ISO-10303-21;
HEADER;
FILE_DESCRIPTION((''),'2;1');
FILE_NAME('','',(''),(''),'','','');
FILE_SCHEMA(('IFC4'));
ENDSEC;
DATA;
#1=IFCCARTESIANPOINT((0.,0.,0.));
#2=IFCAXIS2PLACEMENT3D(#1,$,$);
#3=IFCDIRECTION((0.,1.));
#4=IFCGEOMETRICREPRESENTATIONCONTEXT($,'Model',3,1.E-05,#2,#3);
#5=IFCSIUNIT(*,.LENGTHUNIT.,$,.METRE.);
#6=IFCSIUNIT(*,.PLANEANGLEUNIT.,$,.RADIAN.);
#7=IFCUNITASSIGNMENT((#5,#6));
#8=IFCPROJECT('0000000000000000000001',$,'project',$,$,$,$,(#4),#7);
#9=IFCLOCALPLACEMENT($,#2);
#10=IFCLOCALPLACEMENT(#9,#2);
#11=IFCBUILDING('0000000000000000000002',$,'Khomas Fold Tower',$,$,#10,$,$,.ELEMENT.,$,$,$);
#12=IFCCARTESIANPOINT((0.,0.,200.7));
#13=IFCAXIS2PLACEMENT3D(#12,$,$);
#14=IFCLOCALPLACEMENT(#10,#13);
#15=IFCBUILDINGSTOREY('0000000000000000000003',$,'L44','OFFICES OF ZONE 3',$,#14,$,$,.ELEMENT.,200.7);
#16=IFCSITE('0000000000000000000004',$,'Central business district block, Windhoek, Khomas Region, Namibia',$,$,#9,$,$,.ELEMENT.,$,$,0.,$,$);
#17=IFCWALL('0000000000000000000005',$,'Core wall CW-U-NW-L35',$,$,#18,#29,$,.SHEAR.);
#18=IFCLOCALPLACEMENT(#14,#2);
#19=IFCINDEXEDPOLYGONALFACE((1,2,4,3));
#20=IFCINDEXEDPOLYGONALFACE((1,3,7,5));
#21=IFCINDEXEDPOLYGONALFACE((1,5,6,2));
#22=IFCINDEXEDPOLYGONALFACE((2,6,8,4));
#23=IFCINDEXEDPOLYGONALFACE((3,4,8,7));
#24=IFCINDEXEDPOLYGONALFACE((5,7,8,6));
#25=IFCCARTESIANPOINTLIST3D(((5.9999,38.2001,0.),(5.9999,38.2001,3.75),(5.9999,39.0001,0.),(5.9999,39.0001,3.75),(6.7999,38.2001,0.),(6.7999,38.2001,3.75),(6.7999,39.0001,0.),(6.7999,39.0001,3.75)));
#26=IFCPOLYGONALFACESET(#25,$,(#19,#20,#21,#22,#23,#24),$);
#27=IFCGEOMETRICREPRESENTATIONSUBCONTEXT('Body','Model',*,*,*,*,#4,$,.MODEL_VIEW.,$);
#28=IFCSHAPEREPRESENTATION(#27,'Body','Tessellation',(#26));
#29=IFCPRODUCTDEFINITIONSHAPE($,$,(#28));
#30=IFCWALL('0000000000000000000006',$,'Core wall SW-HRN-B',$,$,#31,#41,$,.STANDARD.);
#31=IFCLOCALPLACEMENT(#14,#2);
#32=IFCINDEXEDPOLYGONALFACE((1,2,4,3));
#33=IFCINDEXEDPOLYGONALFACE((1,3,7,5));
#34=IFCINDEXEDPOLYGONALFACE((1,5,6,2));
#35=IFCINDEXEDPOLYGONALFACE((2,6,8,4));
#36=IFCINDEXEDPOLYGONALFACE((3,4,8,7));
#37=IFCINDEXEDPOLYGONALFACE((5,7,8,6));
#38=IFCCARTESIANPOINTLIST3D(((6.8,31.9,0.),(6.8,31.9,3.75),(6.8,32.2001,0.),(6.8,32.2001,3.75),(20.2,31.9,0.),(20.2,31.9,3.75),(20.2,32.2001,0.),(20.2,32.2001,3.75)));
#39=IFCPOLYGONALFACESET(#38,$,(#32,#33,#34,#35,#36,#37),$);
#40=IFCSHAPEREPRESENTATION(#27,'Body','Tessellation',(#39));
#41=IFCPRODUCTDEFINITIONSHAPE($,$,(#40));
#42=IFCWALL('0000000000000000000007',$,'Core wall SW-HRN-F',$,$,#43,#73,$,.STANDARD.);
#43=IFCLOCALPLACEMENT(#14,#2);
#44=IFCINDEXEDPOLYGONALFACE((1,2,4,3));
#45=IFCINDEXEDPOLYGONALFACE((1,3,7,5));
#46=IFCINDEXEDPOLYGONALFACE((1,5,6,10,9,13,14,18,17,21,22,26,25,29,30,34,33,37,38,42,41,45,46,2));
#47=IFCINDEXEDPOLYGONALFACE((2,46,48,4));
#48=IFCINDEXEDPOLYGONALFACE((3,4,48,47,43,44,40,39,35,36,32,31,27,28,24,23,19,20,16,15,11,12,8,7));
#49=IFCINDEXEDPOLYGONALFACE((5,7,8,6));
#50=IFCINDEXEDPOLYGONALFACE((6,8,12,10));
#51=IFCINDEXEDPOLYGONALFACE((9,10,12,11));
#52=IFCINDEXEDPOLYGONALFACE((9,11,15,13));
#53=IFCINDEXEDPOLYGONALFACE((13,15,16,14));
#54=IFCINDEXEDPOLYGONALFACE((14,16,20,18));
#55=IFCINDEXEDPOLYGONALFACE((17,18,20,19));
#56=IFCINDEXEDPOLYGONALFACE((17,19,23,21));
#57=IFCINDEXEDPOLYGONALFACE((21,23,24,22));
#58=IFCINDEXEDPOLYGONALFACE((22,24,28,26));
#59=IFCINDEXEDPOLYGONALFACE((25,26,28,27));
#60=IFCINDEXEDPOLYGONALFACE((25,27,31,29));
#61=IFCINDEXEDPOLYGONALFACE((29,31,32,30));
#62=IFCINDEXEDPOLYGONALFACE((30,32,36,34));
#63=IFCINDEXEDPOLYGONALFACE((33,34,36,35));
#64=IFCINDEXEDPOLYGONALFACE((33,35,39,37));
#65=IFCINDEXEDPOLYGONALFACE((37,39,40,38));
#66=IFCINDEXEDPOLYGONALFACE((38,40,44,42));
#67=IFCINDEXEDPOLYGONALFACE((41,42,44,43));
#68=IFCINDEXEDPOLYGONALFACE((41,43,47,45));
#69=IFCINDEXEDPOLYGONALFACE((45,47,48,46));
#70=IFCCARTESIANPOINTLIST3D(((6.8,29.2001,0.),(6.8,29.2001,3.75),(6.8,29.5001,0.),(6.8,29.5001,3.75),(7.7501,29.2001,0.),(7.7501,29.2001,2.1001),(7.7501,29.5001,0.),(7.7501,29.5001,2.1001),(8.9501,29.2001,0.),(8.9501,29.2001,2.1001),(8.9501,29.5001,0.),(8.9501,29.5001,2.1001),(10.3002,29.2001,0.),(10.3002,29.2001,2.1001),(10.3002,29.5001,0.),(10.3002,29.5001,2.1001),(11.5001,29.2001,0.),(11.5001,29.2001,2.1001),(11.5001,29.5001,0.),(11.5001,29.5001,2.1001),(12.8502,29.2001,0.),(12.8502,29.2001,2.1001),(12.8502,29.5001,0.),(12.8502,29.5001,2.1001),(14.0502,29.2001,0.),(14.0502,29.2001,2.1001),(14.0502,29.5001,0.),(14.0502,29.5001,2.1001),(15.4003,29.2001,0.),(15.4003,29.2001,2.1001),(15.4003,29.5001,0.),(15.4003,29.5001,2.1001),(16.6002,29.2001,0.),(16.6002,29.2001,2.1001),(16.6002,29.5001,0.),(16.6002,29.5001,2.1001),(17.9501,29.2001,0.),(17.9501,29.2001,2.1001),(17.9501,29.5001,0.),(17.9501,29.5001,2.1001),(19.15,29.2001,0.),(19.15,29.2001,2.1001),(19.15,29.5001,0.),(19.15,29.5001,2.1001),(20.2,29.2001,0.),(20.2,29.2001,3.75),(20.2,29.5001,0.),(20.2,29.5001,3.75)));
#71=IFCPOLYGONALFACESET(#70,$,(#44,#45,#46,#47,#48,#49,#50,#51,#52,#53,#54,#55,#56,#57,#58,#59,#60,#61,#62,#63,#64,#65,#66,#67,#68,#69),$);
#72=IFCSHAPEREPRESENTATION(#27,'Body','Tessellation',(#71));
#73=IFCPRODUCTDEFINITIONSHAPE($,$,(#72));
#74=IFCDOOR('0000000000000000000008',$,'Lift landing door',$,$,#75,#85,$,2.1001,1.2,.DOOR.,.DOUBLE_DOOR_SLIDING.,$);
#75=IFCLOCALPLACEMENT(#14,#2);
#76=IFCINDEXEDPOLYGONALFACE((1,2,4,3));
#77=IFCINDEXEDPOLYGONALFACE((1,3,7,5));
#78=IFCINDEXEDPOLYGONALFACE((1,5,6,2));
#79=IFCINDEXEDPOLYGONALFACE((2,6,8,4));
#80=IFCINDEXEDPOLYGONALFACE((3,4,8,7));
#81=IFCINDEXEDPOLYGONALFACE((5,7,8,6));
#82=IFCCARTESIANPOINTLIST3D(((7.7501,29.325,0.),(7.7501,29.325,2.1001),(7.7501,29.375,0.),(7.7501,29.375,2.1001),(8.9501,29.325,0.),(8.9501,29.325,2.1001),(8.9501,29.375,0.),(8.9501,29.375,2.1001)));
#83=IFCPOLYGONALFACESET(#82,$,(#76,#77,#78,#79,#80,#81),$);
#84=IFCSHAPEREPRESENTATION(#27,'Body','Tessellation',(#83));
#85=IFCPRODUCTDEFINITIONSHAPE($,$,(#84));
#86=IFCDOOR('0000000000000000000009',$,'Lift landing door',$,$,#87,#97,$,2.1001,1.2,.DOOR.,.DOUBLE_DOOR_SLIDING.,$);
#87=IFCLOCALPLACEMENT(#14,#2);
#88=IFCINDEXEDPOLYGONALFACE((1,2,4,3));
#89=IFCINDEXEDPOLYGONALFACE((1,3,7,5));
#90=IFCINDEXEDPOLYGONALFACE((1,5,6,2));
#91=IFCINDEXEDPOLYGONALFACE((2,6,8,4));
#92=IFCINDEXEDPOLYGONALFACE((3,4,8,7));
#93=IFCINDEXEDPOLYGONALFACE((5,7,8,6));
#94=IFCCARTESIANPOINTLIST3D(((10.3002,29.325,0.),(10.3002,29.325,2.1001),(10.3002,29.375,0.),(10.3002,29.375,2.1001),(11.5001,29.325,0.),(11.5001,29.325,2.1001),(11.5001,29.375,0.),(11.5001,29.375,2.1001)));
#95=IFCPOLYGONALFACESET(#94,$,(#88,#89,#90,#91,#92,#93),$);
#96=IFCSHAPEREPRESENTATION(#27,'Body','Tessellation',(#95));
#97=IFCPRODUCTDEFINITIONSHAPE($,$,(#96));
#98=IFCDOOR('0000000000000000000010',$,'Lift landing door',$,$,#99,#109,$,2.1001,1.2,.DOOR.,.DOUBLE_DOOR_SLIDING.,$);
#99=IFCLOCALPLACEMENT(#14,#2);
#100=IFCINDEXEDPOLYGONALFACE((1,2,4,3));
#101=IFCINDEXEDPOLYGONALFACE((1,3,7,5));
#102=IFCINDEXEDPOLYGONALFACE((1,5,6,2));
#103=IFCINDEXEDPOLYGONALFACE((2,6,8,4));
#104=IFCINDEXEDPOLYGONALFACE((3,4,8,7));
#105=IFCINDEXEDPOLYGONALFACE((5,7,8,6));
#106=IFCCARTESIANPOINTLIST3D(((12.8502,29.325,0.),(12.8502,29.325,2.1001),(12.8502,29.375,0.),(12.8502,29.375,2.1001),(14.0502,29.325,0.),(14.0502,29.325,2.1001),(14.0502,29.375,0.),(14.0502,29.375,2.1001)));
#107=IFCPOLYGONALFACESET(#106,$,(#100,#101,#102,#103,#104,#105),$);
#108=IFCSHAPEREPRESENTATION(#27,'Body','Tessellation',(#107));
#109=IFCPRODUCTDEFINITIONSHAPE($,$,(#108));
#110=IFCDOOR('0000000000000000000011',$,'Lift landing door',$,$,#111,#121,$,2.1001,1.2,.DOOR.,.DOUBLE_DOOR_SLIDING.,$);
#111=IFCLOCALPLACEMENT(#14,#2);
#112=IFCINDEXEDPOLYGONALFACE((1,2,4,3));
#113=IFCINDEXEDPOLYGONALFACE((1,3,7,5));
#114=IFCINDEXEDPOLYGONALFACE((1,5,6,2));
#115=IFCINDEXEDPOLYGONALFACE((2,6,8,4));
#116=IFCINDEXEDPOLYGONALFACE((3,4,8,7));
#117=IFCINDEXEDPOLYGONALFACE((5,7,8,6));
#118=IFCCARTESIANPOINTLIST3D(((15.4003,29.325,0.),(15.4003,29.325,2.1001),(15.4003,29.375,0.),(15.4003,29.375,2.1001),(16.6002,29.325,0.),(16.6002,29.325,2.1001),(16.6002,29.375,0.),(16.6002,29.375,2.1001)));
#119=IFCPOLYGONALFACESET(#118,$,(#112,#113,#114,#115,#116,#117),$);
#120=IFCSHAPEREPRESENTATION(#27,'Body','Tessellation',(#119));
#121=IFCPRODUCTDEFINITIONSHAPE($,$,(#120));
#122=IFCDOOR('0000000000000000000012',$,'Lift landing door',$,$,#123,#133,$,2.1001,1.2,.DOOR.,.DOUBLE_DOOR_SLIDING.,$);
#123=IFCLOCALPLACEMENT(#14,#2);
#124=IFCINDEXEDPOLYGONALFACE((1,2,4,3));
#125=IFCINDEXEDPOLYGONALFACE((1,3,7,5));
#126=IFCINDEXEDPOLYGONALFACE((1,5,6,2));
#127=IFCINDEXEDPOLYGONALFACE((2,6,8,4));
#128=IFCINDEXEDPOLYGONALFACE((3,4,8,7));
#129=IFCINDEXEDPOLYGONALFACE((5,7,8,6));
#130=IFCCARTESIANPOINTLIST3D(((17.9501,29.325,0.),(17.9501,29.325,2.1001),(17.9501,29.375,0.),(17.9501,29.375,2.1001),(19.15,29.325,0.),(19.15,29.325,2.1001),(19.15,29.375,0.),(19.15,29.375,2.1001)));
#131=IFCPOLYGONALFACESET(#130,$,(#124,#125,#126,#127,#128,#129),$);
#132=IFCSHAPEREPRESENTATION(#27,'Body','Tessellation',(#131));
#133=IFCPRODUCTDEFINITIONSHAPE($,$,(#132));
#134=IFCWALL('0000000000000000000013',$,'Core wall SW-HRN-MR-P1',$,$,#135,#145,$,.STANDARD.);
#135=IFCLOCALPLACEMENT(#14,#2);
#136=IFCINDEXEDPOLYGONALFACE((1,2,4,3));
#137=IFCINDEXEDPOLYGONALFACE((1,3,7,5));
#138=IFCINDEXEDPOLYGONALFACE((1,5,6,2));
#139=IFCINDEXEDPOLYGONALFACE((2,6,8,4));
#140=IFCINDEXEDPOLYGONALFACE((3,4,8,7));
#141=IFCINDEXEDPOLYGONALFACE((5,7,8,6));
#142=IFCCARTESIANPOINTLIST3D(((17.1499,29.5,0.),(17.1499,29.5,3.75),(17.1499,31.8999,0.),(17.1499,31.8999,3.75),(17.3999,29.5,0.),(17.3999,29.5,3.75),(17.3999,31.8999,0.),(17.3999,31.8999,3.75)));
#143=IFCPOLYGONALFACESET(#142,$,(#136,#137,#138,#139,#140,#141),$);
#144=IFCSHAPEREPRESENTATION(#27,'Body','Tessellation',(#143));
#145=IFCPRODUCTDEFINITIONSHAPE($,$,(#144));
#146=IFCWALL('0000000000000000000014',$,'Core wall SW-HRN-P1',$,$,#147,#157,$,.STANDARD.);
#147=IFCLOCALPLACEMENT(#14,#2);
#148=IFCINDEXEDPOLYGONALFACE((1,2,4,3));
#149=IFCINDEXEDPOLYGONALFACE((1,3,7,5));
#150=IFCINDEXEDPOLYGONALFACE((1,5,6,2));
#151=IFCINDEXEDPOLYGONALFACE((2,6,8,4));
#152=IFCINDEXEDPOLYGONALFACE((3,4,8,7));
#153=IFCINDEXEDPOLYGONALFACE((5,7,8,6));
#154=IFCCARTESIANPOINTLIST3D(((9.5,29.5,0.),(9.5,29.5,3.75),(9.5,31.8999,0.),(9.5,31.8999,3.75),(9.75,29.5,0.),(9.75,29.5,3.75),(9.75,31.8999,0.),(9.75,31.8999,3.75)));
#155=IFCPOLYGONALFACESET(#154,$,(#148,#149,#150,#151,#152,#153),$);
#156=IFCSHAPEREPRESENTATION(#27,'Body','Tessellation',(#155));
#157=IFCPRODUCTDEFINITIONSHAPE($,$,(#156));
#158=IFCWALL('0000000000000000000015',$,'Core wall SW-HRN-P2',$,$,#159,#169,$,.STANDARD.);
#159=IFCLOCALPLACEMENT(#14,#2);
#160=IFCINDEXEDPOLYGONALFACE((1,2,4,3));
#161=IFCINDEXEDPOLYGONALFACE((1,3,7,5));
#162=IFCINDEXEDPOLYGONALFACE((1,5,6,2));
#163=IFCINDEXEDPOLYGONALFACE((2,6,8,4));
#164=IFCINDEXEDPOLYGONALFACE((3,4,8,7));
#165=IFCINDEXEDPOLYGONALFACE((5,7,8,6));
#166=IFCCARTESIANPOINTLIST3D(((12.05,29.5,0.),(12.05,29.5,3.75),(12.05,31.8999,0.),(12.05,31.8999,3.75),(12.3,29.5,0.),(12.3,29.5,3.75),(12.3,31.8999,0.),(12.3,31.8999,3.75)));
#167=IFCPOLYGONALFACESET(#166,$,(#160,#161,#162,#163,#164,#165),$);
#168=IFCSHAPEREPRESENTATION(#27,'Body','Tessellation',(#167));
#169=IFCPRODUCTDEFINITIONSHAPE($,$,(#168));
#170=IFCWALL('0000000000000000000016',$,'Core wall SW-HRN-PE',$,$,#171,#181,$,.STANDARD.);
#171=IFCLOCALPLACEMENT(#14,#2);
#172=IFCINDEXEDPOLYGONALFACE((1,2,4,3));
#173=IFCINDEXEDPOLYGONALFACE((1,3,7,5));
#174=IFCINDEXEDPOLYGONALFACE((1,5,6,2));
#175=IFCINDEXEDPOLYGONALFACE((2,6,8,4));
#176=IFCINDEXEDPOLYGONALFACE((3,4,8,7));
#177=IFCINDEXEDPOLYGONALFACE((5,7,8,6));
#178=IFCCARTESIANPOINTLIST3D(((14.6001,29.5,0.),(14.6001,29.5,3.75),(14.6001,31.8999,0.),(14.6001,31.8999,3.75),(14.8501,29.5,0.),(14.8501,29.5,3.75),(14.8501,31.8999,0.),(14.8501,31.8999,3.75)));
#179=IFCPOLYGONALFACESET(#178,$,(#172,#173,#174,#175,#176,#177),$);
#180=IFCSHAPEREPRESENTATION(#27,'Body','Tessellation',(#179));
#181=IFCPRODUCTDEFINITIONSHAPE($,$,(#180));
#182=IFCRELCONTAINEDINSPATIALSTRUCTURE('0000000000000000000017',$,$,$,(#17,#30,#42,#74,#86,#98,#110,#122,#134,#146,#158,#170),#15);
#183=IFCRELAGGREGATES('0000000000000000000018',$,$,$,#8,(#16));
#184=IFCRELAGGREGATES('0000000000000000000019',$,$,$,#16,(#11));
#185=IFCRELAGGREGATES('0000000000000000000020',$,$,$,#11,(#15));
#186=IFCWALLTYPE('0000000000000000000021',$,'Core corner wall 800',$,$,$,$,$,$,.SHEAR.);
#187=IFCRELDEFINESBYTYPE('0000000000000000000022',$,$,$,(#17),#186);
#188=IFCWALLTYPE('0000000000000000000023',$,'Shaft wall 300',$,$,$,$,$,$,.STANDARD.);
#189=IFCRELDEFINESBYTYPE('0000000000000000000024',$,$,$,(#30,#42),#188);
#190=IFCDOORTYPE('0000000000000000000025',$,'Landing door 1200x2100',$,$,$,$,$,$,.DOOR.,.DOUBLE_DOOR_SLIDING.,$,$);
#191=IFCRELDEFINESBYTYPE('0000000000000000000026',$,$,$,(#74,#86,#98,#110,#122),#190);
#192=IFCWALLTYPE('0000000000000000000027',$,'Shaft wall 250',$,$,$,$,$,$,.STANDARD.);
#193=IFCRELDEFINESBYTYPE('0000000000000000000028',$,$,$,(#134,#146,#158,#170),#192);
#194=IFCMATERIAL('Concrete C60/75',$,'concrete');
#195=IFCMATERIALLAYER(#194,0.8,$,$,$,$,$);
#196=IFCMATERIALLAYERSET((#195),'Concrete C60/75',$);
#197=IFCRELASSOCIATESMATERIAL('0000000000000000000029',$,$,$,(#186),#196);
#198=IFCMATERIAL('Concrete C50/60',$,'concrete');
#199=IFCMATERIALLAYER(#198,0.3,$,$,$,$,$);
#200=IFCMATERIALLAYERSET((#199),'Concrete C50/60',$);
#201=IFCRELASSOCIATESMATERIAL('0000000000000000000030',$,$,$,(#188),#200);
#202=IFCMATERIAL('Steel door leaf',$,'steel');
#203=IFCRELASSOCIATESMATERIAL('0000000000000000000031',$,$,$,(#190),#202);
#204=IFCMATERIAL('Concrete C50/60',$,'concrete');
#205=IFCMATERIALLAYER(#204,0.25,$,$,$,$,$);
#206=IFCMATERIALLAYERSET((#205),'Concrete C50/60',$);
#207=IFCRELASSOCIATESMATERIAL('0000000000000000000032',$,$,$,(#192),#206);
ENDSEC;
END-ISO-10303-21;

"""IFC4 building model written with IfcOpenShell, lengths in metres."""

from ifc_helpers import new_model, si_unit, direction, frame, frame_2d, origin, place, context, subcontext, project, spatial, rectangle, extrude, source, transform, mapped, material, layer, layer_set, type_object, element, fill, save


model = new_model("IFC4")

# Units and contexts
model_context = context("Model", 3, precision=1e-05, world=origin(), true_north=direction((0.0, 1.0)))
body_context = subcontext(model_context, "Body", "Model", "MODEL_VIEW")
ifc_project = project(units=[si_unit("LENGTHUNIT", "METRE"), si_unit("PLANEANGLEUNIT", "RADIAN")], contexts=[model_context])

# Site, building, storey
site_placement = place(None, origin())
site = spatial("IfcSite", under=ifc_project, at=site_placement, Name="Central business district block, Windhoek, Khomas Region, Namibia", CompositionType="ELEMENT", RefElevation=0.0)
building_placement = place(site_placement, origin())
building = spatial("IfcBuilding", under=site, at=building_placement, Name="Khomas Fold Tower", CompositionType="ELEMENT")
storey_placement = place(building_placement, frame((0.0, 0.0, 200.7)))
storey = spatial("IfcBuildingStorey", under=building, at=storey_placement, Name="L44", Description="OFFICES OF ZONE 3", CompositionType="ELEMENT", Elevation=200.7)

# Walls
ifc_material_1 = material(Name="Concrete C60/75", Category="concrete")
ifc_layer_1 = layer(ifc_material_1, 0.8)
ifc_layer_set_1 = layer_set([ifc_layer_1], Name="Concrete C60/75")
wall_type_1 = type_object("IfcWallType", Name="Core corner wall 800", PredefinedType="SHEAR", material=ifc_layer_set_1)
shared_shape_1 = source(origin(), body_context, "Body", "SweptSolid", [
    extrude(rectangle(XDim=0.8, YDim=0.8, at=frame_2d((0.3999, 0.0))), origin(), (0.0, 0.0, 1.0), 3.75),
])
wall_1_placement = place(storey_placement, frame((6.0, 38.6001, 0.0), z_axis=(0.0, 0.0, 1.0), x_axis=(1.0, 0.0, 0.0)))
element("IfcWall", 1, at=wall_1_placement, inside=storey, type_object=wall_type_1, Name="Core wall CW-U-NW-L35", PredefinedType="SHEAR", context=body_context, shape_type="MappedRepresentation", body=[
    mapped(shared_shape_1, transform((0.0, 0.0, 0.0))),
])
ifc_material_2 = material(Name="Concrete C50/60", Category="concrete")
ifc_layer_2 = layer(ifc_material_2, 0.3)
ifc_layer_set_2 = layer_set([ifc_layer_2], Name="Concrete C50/60")
wall_type_2 = type_object("IfcWallType", Name="Shaft wall 300", PredefinedType="STANDARD", material=ifc_layer_set_2)
shared_shape_2 = source(origin(), body_context, "Body", "SweptSolid", [
    extrude(rectangle(XDim=13.3999, YDim=0.3, at=frame_2d((6.7, 0.0))), origin(), (0.0, 0.0, 1.0), 3.75),
])
wall_2_placement = place(storey_placement, frame((6.8, 32.05, 0.0), z_axis=(0.0, 0.0, 1.0), x_axis=(1.0, 0.0, 0.0)))
element("IfcWall", 2, at=wall_2_placement, inside=storey, type_object=wall_type_2, Name="Core wall SW-HRN-B", PredefinedType="STANDARD", context=body_context, shape_type="MappedRepresentation", body=[
    mapped(shared_shape_2, transform((0.0, 0.0, 0.0))),
])

# Wall, openings, doors
wall_3_placement = place(storey_placement, frame((6.8, 29.3501, 0.0), z_axis=(0.0, 0.0, 1.0), x_axis=(1.0, 0.0, 0.0)))
wall_3 = element("IfcWall", 3, at=wall_3_placement, inside=storey, type_object=wall_type_2, Name="Core wall SW-HRN-F", PredefinedType="STANDARD", context=body_context, shape_type="MappedRepresentation", body=[
    mapped(shared_shape_2, transform((0.0, 0.0, 0.0))),
])
shared_shape_3 = source(origin(), body_context, "Body", "SweptSolid", [
    extrude(rectangle(XDim=1.2, YDim=2.1001, at=frame_2d((0.6001, 1.05))), frame((0.0, 0.1599, 0.0), z_axis=(0.0, -1.0, 0.0), x_axis=(1.0, 0.0, 0.0)), (0.0, 0.0, 1.0), 0.3201),
])
opening_1_placement = place(wall_3_placement, frame((0.95, 0.0, 0.0)))
opening_1 = element("IfcOpeningElement", 4, at=opening_1_placement, cuts=wall_3, PredefinedType="OPENING", context=body_context, shape_type="MappedRepresentation", body=[
    mapped(shared_shape_3, transform((0.0, 0.0, 0.0))),
])
opening_2_placement = place(wall_3_placement, frame((3.5, 0.0, 0.0)))
opening_2 = element("IfcOpeningElement", 5, at=opening_2_placement, cuts=wall_3, PredefinedType="OPENING", context=body_context, shape_type="MappedRepresentation", body=[
    mapped(shared_shape_3, transform((0.0, 0.0, 0.0))),
])
opening_3_placement = place(wall_3_placement, frame((6.05, 0.0, 0.0)))
opening_3 = element("IfcOpeningElement", 6, at=opening_3_placement, cuts=wall_3, PredefinedType="OPENING", context=body_context, shape_type="MappedRepresentation", body=[
    mapped(shared_shape_3, transform((0.0, 0.0, 0.0))),
])
opening_4_placement = place(wall_3_placement, frame((8.6001, 0.0, 0.0)))
opening_4 = element("IfcOpeningElement", 7, at=opening_4_placement, cuts=wall_3, PredefinedType="OPENING", context=body_context, shape_type="MappedRepresentation", body=[
    mapped(shared_shape_3, transform((0.0, 0.0, 0.0))),
])
opening_5_placement = place(wall_3_placement, frame((11.1499, 0.0, 0.0)))
opening_5 = element("IfcOpeningElement", 8, at=opening_5_placement, cuts=wall_3, PredefinedType="OPENING", context=body_context, shape_type="MappedRepresentation", body=[
    mapped(shared_shape_3, transform((0.0, 0.0, 0.0))),
])
ifc_material_3 = material(Name="Steel door leaf", Category="steel")
door_type_1 = type_object("IfcDoorType", Name="Landing door 1200x2100", OperationType="DOUBLE_DOOR_SLIDING", PredefinedType="DOOR", material=ifc_material_3)
shared_shape_4 = source(origin(), body_context, "Body", "SweptSolid", [
    extrude(rectangle(XDim=1.2, YDim=2.1001, at=frame_2d((0.6001, 1.05))), frame((0.0, 0.0249, 0.0), z_axis=(0.0, -1.0, 0.0), x_axis=(1.0, 0.0, 0.0)), (0.0, 0.0, 1.0), 0.05),
])
door_1_placement = place(opening_1_placement, origin())
door_1 = element("IfcDoor", 9, at=door_1_placement, inside=storey, type_object=door_type_1, Name="Lift landing door", OperationType="DOUBLE_DOOR_SLIDING", OverallHeight=2.1001, OverallWidth=1.2, PredefinedType="DOOR", context=body_context, shape_type="MappedRepresentation", body=[
    mapped(shared_shape_4, transform((0.0, 0.0, 0.0))),
])
fill(opening_1, door_1)
door_2_placement = place(opening_2_placement, origin())
door_2 = element("IfcDoor", 10, at=door_2_placement, inside=storey, type_object=door_type_1, Name="Lift landing door", OperationType="DOUBLE_DOOR_SLIDING", OverallHeight=2.1001, OverallWidth=1.2, PredefinedType="DOOR", context=body_context, shape_type="MappedRepresentation", body=[
    mapped(shared_shape_4, transform((0.0, 0.0, 0.0))),
])
fill(opening_2, door_2)
door_3_placement = place(opening_3_placement, origin())
door_3 = element("IfcDoor", 11, at=door_3_placement, inside=storey, type_object=door_type_1, Name="Lift landing door", OperationType="DOUBLE_DOOR_SLIDING", OverallHeight=2.1001, OverallWidth=1.2, PredefinedType="DOOR", context=body_context, shape_type="MappedRepresentation", body=[
    mapped(shared_shape_4, transform((0.0, 0.0, 0.0))),
])
fill(opening_3, door_3)
door_4_placement = place(opening_4_placement, origin())
door_4 = element("IfcDoor", 12, at=door_4_placement, inside=storey, type_object=door_type_1, Name="Lift landing door", OperationType="DOUBLE_DOOR_SLIDING", OverallHeight=2.1001, OverallWidth=1.2, PredefinedType="DOOR", context=body_context, shape_type="MappedRepresentation", body=[
    mapped(shared_shape_4, transform((0.0, 0.0, 0.0))),
])
fill(opening_4, door_4)
door_5_placement = place(opening_5_placement, origin())
door_5 = element("IfcDoor", 13, at=door_5_placement, inside=storey, type_object=door_type_1, Name="Lift landing door", OperationType="DOUBLE_DOOR_SLIDING", OverallHeight=2.1001, OverallWidth=1.2, PredefinedType="DOOR", context=body_context, shape_type="MappedRepresentation", body=[
    mapped(shared_shape_4, transform((0.0, 0.0, 0.0))),
])
fill(opening_5, door_5)

# Walls
ifc_material_4 = material(Name="Concrete C50/60", Category="concrete")
ifc_layer_3 = layer(ifc_material_4, 0.25)
ifc_layer_set_3 = layer_set([ifc_layer_3], Name="Concrete C50/60")
wall_type_3 = type_object("IfcWallType", Name="Shaft wall 250", PredefinedType="STANDARD", material=ifc_layer_set_3)
shared_shape_5 = source(origin(), body_context, "Body", "SweptSolid", [
    extrude(rectangle(XDim=2.3999, YDim=0.25, at=frame_2d((1.2, 0.0))), origin(), (0.0, 0.0, 1.0), 3.75),
])
for number, where, z_axis, x_axis, name in (
    (14, (17.2749, 29.5, 0.0), (0.0, 0.0, 1.0), (0.0, 1.0, 0.0), "Core wall SW-HRN-MR-P1"),
    (15, (9.625, 29.5, 0.0), (0.0, 0.0, 1.0), (0.0, 1.0, 0.0), "Core wall SW-HRN-P1"),
    (16, (12.175, 29.5, 0.0), (0.0, 0.0, 1.0), (0.0, 1.0, 0.0), "Core wall SW-HRN-P2"),
    (17, (14.7251, 29.5, 0.0), (0.0, 0.0, 1.0), (0.0, 1.0, 0.0), "Core wall SW-HRN-PE"),
):
    element("IfcWall", number, at=place(storey_placement, frame(where, z_axis=z_axis, x_axis=x_axis)), inside=storey, type_object=wall_type_3, Name=name, PredefinedType="STANDARD", context=body_context, shape_type="MappedRepresentation", body=[
        mapped(shared_shape_5, transform((0.0, 0.0, 0.0))),
    ])

save(model, "model.ifc")
